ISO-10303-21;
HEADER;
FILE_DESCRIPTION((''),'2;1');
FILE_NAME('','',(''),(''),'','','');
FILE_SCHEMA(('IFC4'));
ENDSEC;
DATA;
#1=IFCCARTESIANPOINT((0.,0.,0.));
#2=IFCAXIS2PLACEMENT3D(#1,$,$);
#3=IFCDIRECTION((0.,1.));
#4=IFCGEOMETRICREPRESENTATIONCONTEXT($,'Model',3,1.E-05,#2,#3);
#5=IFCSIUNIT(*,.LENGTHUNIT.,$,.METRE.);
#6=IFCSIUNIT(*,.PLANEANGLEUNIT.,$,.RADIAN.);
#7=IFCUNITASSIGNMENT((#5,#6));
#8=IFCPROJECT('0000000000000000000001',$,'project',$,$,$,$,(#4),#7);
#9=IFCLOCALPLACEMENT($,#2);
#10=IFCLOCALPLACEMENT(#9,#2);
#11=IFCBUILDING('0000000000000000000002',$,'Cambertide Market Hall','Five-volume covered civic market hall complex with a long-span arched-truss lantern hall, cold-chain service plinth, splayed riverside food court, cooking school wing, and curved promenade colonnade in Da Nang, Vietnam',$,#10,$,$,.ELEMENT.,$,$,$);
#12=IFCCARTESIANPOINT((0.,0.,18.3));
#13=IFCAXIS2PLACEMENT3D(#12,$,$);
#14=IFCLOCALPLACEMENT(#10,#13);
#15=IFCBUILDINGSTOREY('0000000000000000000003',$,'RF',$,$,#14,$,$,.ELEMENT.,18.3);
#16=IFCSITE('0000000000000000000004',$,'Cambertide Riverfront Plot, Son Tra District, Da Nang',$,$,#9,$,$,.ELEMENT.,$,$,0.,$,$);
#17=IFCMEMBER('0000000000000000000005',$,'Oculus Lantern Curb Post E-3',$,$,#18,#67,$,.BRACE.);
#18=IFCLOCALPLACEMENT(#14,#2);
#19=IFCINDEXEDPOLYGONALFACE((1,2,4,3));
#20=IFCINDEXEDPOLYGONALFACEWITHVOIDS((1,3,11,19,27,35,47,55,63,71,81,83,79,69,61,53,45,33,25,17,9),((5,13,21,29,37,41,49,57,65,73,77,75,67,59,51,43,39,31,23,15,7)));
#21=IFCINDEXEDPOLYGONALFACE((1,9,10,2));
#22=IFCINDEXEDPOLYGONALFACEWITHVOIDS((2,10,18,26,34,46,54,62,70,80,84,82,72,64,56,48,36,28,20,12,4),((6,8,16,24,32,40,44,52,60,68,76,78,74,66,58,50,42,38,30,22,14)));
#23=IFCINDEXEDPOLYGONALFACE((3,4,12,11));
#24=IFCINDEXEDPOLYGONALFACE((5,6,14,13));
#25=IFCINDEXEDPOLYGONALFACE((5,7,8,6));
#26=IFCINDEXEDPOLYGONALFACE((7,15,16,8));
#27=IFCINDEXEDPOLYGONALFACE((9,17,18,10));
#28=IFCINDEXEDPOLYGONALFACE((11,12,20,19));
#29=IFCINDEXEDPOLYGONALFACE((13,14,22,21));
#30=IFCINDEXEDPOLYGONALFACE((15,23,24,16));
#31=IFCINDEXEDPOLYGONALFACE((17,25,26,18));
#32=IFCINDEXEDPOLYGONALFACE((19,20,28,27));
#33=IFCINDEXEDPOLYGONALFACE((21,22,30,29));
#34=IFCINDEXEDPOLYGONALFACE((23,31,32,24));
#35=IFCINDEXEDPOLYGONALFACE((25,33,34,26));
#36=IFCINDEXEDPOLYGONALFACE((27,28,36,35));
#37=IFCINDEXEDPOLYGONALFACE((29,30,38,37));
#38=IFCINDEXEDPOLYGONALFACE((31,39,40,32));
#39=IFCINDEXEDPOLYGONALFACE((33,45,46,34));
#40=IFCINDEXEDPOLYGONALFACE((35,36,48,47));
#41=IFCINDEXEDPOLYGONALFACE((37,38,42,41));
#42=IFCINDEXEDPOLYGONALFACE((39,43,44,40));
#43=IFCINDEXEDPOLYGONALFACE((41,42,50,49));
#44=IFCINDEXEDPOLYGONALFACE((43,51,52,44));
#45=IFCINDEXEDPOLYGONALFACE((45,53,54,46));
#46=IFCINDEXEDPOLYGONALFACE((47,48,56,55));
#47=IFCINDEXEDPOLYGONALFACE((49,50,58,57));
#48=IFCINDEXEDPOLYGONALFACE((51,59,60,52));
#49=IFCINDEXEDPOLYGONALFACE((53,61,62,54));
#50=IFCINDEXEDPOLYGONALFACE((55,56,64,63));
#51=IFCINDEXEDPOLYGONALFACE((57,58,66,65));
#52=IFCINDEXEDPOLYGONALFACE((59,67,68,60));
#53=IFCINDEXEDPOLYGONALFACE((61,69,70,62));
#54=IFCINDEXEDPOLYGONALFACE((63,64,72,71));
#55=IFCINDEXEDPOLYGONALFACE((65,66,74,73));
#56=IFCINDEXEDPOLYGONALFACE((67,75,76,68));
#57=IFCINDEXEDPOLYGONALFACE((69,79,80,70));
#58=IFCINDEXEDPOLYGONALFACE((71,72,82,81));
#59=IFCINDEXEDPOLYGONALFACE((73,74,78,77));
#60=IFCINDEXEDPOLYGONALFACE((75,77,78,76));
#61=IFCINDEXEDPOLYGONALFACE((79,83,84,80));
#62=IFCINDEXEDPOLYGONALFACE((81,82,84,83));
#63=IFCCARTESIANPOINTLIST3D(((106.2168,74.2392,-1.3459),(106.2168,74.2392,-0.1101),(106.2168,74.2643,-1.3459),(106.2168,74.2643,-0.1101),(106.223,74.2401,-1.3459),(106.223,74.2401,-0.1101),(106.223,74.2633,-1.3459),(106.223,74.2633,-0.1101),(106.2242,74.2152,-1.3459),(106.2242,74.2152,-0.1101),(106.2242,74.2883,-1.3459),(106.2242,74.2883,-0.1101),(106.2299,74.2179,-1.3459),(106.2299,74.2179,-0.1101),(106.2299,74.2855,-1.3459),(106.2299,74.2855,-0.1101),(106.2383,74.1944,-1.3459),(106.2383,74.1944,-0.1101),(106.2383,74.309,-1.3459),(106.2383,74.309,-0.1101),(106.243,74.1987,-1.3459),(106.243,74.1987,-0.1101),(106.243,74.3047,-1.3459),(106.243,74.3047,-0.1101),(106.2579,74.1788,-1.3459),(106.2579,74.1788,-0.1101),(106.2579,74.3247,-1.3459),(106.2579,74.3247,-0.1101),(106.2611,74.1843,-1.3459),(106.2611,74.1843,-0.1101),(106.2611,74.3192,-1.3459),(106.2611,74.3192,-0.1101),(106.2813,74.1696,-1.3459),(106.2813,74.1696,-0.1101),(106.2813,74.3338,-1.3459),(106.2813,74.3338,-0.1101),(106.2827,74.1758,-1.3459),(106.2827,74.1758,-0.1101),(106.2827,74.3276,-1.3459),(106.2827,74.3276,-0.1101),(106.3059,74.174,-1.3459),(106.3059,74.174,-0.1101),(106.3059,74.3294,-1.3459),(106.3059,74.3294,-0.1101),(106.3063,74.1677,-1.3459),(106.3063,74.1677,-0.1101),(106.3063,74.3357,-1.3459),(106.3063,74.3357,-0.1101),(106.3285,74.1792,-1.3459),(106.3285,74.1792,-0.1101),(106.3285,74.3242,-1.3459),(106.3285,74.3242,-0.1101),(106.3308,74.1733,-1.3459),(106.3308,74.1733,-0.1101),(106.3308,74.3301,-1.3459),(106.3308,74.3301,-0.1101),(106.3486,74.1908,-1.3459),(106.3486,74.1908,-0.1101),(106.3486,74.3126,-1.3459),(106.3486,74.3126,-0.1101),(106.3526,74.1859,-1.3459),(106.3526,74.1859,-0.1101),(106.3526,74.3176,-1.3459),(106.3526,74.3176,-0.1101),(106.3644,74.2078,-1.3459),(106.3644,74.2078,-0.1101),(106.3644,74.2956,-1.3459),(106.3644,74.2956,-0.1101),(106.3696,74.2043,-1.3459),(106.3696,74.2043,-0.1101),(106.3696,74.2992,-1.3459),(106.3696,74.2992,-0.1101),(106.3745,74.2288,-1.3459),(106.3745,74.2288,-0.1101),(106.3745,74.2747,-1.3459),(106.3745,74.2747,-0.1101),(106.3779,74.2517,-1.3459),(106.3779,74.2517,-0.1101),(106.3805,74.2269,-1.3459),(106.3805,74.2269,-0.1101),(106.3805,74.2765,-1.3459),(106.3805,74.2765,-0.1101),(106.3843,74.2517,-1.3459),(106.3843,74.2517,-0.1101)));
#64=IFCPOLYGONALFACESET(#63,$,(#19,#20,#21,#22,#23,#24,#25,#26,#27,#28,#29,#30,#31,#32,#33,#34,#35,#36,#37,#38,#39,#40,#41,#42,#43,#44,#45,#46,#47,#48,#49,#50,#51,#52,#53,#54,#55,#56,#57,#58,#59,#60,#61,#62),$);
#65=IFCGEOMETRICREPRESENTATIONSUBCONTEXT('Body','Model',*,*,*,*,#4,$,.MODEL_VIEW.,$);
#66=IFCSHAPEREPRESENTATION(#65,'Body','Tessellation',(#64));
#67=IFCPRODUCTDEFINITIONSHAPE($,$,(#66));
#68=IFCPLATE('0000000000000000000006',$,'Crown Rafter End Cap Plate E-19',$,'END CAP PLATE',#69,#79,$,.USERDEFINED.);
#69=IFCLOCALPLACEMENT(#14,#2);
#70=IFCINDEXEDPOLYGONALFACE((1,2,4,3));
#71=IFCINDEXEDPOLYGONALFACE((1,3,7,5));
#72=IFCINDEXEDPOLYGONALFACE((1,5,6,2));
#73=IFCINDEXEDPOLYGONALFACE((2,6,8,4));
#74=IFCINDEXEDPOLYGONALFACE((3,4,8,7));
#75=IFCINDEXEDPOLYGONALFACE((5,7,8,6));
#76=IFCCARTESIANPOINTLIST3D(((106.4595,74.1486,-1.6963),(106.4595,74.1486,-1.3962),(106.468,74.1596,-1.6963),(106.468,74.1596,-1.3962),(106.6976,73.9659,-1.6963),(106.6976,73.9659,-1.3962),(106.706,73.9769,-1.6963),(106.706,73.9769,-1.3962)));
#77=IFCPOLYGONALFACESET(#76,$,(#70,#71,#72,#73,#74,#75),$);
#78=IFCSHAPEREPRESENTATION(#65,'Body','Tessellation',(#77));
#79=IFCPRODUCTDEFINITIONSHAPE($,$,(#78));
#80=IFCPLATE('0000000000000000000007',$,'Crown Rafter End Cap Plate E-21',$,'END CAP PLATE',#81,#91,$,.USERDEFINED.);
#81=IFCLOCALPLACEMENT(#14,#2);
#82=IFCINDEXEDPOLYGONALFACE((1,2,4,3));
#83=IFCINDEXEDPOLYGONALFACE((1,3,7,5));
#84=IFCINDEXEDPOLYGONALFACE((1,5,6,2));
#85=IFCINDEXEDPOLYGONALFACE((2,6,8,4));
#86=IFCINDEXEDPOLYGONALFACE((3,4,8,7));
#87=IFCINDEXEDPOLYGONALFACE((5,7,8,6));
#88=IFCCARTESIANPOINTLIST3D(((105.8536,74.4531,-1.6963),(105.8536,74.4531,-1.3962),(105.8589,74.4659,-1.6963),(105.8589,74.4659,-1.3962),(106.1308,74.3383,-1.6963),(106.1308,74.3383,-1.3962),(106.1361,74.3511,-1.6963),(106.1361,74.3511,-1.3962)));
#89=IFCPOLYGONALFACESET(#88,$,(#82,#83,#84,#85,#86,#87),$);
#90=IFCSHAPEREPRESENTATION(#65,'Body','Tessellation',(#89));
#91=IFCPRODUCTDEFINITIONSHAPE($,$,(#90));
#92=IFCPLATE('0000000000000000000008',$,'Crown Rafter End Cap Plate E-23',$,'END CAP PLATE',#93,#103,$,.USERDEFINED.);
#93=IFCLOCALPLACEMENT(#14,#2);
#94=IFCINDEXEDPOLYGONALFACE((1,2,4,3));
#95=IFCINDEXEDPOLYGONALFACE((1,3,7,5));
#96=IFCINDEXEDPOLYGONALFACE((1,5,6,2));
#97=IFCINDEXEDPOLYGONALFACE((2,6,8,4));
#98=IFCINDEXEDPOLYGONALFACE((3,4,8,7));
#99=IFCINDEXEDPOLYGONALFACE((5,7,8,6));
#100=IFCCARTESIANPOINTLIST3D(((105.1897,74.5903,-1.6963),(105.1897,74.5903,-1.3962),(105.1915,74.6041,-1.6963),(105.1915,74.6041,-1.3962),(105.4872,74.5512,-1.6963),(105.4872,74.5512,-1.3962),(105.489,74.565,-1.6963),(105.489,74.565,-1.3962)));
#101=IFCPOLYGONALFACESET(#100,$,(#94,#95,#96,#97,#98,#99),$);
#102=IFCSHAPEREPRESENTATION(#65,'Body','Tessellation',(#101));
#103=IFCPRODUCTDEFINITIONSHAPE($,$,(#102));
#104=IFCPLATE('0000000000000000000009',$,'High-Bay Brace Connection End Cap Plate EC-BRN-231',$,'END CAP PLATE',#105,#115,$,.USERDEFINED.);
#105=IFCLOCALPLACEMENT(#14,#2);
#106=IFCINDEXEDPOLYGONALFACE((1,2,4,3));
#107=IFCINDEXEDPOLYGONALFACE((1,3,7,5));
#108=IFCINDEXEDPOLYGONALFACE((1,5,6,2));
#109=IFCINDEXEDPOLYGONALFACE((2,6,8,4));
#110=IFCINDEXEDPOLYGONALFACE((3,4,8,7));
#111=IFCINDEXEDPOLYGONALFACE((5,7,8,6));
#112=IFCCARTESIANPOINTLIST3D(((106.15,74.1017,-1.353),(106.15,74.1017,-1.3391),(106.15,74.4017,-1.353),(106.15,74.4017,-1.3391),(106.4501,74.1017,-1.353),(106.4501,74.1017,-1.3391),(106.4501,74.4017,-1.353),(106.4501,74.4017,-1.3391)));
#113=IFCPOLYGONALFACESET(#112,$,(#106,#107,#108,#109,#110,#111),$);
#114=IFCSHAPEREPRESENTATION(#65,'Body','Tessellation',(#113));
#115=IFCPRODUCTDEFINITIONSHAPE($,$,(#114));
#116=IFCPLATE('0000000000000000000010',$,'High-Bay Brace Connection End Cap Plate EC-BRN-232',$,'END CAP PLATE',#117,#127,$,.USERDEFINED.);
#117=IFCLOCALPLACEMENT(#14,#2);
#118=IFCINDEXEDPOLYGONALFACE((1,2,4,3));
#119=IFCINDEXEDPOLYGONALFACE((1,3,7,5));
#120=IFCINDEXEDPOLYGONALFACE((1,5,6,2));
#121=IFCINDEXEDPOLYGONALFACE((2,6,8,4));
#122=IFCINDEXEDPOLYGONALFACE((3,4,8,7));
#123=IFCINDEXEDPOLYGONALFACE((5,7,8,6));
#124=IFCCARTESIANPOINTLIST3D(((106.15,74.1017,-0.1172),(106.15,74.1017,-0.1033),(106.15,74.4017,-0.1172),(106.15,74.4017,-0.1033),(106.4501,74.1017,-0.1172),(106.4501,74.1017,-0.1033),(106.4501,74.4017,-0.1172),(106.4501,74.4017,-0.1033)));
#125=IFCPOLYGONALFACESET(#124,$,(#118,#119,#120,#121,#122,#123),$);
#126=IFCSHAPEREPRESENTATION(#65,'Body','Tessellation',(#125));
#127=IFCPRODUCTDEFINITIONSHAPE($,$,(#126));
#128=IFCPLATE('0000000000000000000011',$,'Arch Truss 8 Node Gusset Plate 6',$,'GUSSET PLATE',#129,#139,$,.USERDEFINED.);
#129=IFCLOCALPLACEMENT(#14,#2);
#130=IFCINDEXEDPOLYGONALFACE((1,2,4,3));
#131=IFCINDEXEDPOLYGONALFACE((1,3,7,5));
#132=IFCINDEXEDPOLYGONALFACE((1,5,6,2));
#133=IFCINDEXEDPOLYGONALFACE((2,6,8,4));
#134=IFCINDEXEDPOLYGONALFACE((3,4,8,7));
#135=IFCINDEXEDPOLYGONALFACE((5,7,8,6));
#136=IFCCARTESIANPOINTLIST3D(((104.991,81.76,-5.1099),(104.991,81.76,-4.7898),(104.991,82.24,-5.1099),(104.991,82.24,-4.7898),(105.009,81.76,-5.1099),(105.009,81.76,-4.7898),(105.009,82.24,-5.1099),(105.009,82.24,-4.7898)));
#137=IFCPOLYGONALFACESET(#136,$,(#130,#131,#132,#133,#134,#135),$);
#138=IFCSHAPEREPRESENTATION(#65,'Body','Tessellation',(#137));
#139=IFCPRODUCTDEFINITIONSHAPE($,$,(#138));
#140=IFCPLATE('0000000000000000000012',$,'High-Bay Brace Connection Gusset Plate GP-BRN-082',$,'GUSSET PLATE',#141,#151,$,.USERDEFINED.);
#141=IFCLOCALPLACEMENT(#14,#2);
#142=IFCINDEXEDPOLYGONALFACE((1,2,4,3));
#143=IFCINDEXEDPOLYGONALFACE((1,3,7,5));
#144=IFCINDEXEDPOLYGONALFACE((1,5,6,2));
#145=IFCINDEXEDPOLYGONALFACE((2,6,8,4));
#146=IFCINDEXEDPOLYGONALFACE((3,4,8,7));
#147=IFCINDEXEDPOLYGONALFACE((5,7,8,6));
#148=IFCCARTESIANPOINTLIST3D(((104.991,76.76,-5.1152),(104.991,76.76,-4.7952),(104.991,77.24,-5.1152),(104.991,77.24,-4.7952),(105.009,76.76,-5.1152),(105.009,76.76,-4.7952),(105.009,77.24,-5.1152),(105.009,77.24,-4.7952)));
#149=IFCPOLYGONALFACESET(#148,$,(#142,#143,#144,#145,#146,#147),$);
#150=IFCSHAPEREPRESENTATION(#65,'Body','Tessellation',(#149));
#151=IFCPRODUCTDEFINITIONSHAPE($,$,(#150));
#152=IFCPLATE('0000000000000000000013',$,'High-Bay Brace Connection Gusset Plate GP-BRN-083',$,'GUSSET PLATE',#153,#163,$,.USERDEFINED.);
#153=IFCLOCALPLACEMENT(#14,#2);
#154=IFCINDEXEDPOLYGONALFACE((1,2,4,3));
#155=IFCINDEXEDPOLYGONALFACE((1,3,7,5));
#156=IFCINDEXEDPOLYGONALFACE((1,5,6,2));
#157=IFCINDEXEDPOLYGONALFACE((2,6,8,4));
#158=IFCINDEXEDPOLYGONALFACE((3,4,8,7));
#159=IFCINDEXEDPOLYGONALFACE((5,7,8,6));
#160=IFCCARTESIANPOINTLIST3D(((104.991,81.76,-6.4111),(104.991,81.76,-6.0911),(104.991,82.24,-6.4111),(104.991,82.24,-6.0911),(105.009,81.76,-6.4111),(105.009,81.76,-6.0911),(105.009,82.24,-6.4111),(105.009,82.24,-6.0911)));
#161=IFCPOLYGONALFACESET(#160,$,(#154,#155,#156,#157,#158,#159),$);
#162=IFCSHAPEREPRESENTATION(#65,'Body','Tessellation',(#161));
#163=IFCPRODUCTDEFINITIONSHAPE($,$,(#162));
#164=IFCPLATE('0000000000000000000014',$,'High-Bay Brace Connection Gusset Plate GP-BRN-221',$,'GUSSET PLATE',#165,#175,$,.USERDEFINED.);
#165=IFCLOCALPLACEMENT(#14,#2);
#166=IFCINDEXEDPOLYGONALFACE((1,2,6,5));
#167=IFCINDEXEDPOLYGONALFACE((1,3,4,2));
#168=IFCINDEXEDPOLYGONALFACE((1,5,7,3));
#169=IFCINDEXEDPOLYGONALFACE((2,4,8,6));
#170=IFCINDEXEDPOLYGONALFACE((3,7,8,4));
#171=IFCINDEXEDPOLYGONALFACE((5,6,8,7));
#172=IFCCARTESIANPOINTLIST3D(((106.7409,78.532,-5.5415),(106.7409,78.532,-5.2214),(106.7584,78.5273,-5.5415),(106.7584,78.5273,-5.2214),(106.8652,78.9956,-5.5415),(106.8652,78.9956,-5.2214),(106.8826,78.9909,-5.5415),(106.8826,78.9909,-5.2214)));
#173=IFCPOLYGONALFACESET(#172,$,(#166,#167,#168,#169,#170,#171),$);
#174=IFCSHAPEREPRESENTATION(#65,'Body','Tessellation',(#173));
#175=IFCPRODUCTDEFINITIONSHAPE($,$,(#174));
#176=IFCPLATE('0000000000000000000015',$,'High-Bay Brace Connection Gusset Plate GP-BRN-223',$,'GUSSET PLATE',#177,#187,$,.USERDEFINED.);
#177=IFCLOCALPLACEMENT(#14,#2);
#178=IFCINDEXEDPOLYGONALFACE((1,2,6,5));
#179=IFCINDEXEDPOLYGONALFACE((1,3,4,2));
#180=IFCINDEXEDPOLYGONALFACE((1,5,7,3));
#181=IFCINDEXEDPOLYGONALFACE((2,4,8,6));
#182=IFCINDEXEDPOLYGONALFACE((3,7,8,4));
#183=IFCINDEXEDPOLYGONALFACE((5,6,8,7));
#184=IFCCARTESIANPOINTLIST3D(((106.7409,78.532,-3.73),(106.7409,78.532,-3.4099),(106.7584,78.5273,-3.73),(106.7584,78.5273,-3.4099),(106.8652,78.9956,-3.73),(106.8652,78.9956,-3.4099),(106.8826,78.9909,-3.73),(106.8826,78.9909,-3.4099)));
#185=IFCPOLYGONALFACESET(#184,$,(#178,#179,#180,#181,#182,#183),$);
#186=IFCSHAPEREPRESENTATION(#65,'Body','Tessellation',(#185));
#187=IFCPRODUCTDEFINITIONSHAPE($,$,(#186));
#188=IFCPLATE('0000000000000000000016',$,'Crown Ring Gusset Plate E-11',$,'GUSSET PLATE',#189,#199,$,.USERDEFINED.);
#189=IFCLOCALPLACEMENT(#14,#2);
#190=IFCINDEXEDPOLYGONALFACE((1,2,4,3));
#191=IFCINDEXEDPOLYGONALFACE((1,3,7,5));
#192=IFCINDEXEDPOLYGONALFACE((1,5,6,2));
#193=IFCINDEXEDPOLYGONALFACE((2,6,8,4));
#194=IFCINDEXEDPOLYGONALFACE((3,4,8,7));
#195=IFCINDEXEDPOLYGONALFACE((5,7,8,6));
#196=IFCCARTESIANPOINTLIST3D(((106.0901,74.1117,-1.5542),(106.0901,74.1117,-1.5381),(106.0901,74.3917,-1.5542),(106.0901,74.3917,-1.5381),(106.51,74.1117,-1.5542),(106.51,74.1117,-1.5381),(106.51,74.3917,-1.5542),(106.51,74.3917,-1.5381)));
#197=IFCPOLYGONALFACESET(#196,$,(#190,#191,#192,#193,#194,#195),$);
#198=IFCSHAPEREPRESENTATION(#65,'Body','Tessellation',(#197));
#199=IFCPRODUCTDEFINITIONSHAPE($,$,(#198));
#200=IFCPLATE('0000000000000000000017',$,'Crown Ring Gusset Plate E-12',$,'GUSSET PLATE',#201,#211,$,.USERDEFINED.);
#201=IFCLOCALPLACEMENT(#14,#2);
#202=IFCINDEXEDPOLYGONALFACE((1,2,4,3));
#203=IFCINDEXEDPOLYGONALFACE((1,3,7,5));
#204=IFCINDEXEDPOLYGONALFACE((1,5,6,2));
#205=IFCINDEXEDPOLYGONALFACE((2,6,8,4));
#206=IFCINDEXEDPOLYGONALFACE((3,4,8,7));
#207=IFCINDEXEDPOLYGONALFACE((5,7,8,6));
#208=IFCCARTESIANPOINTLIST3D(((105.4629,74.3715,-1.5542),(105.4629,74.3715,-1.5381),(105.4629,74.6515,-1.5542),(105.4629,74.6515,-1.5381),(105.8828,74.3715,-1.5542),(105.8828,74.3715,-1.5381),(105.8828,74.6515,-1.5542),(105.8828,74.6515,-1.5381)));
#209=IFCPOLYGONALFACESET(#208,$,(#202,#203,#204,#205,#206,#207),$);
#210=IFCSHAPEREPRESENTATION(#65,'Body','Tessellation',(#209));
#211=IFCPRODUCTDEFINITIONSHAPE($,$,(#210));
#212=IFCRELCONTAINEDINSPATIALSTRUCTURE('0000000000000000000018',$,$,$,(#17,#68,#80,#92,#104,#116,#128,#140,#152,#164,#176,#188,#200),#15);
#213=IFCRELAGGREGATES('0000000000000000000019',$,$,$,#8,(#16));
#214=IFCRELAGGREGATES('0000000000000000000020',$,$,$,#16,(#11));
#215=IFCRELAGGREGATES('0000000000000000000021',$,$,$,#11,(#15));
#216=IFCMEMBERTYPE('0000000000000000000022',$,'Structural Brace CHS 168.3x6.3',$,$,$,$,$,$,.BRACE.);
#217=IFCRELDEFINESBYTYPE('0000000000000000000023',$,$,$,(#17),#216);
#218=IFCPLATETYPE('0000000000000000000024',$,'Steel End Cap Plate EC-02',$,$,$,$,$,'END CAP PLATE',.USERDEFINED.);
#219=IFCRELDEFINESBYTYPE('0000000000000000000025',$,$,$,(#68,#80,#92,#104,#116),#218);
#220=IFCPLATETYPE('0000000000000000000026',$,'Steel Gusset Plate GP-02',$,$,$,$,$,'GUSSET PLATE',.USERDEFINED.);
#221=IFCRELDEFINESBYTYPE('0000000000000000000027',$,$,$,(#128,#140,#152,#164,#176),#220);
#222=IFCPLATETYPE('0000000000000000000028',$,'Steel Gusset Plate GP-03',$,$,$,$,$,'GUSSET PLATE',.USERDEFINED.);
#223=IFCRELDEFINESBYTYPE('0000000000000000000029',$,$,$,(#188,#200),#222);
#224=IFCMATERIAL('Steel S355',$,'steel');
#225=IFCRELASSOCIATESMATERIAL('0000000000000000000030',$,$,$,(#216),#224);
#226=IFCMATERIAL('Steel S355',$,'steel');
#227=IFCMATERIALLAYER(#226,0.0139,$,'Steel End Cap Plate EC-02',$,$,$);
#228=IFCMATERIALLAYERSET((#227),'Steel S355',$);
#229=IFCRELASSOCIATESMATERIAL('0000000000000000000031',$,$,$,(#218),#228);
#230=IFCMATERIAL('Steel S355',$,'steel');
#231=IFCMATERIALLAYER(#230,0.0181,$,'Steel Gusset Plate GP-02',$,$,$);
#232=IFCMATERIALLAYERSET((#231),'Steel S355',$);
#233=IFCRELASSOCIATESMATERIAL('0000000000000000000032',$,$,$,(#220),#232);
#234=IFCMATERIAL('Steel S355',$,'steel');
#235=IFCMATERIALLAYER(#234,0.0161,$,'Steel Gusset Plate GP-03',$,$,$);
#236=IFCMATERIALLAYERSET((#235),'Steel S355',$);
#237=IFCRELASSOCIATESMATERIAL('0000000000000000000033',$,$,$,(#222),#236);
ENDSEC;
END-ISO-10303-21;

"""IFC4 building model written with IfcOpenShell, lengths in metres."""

from ifc_helpers import new_model, si_unit, direction, frame, origin, origin_2d, place, context, subcontext, project, spatial, rectangle, hollow_circle, extrude, material, layer, layer_set, material_profile, profile_set, type_object, element, save


model = new_model("IFC4")

# Units and contexts
model_context = context("Model", 3, precision=1e-05, world=origin(), true_north=direction((0.0, 1.0)))
body_context = subcontext(model_context, "Body", "Model", "MODEL_VIEW")
ifc_project = project(units=[si_unit("LENGTHUNIT", "METRE"), si_unit("PLANEANGLEUNIT", "RADIAN")], contexts=[model_context])

# Site, building, storey
site_placement = place(None, origin())
site = spatial("IfcSite", under=ifc_project, at=site_placement, Name="Cambertide Riverfront Plot, Son Tra District, Da Nang", CompositionType="ELEMENT", RefElevation=0.0)
building_placement = place(site_placement, origin())
building = spatial("IfcBuilding", under=site, at=building_placement, Name="Cambertide Market Hall", Description="Five-volume covered civic market hall complex with a long-span arched-truss lantern hall, cold-chain service plinth, splayed riverside food court, cooking school wing, and curved promenade colonnade in Da Nang, Vietnam", CompositionType="ELEMENT")
storey_placement = place(building_placement, frame((0.0, 0.0, 18.3)))
storey = spatial("IfcBuildingStorey", under=building, at=storey_placement, Name="RF", CompositionType="ELEMENT", Elevation=18.3)

# Member
ifc_material_1 = material(Name="Steel S355", Category="steel")
ifc_material_profile_1 = material_profile(ifc_material_1, hollow_circle(Radius=0.0842, WallThickness=0.0063, at=origin_2d()), Name="CHS 168.3x6.3")
ifc_profile_set_1 = profile_set([ifc_material_profile_1], Name="Steel S355")
member_type_1 = type_object("IfcMemberType", Name="Structural Brace CHS 168.3x6.3", PredefinedType="BRACE", material=ifc_profile_set_1)
member_1_placement = place(storey_placement, frame((106.3, 74.2517, -1.3459), z_axis=(0.0, 0.0, 1.0), x_axis=(1.0, 0.0, 0.0)))
element("IfcMember", 1, at=member_1_placement, inside=storey, type_object=member_type_1, Name="Oculus Lantern Curb Post E-3", PredefinedType="BRACE", context=body_context, shape_type="SweptSolid", body=[
    extrude(hollow_circle(Radius=0.0842, WallThickness=0.0063, at=origin_2d()), origin(), (0.0, 0.0, 1.0), 1.2358),
])

# Plates
ifc_material_2 = material(Name="Steel S355", Category="steel")
ifc_layer_1 = layer(ifc_material_2, 0.0139, Name="Steel End Cap Plate EC-02")
ifc_layer_set_1 = layer_set([ifc_layer_1], Name="Steel S355")
plate_type_1 = type_object("IfcPlateType", Name="Steel End Cap Plate EC-02", ElementType="END CAP PLATE", PredefinedType="USERDEFINED", material=ifc_layer_set_1)
for number, where, z_axis, x_axis, name in (
    (2, (106.5828, 74.0627, -1.6963), (0.0, 0.0, 1.0), (0.608761, 0.793353, 0.0), "Crown Rafter End Cap Plate E-19"),
    (3, (105.9949, 74.4021, -1.6963), (0.0, 0.0, 1.0), (0.382683, 0.92388, 0.0), "Crown Rafter End Cap Plate E-21"),
    (4, (105.3394, 74.5776, -1.6963), (0.0, 0.0, 1.0), (0.130526, 0.991445, 0.0), "Crown Rafter End Cap Plate E-23"),
):
    element("IfcPlate", number, at=place(storey_placement, frame(where, z_axis=z_axis, x_axis=x_axis)), inside=storey, type_object=plate_type_1, Name=name, ObjectType="END CAP PLATE", PredefinedType="USERDEFINED", context=body_context, shape_type="SweptSolid", body=[
        extrude(rectangle(XDim=0.0139, YDim=0.3, at=origin_2d()), origin(), (0.0, 0.0, 1.0), 0.3),
    ])
for number, where, z_axis, x_axis, name in (
    (5, (106.3, 74.2517, -1.353), (0.0, 0.0, 1.0), (1.0, 0.0, 0.0), "High-Bay Brace Connection End Cap Plate EC-BRN-231"),
    (6, (106.3, 74.2517, -0.1172), (0.0, 0.0, 1.0), (1.0, 0.0, 0.0), "High-Bay Brace Connection End Cap Plate EC-BRN-232"),
):
    element("IfcPlate", number, at=place(storey_placement, frame(where, z_axis=z_axis, x_axis=x_axis)), inside=storey, type_object=plate_type_1, Name=name, ObjectType="END CAP PLATE", PredefinedType="USERDEFINED", context=body_context, shape_type="SweptSolid", body=[
        extrude(rectangle(XDim=0.3, YDim=0.3, at=origin_2d()), origin(), (0.0, 0.0, 1.0), 0.0139),
    ])
ifc_material_3 = material(Name="Steel S355", Category="steel")
ifc_layer_2 = layer(ifc_material_3, 0.0181, Name="Steel Gusset Plate GP-02")
ifc_layer_set_2 = layer_set([ifc_layer_2], Name="Steel S355")
plate_type_2 = type_object("IfcPlateType", Name="Steel Gusset Plate GP-02", ElementType="GUSSET PLATE", PredefinedType="USERDEFINED", material=ifc_layer_set_2)
plate_placement = place(storey_placement, frame((105.0, 82.0, -5.1099), z_axis=(0.0, 0.0, 1.0), x_axis=(1.0, 0.0, 0.0)))
element("IfcPlate", 7, at=plate_placement, inside=storey, type_object=plate_type_2, Name="Arch Truss 8 Node Gusset Plate 6", ObjectType="GUSSET PLATE", PredefinedType="USERDEFINED", context=body_context, shape_type="SweptSolid", body=[
    extrude(rectangle(XDim=0.0181, YDim=0.48, at=origin_2d()), origin(), (0.0, 0.0, 1.0), 0.3201),
])
for number, where, z_axis, x_axis, name in (
    (8, (105.0, 77.0, -5.1152), (0.0, 0.0, 1.0), (0.0, 1.0, 0.0), "High-Bay Brace Connection Gusset Plate GP-BRN-082"),
    (9, (105.0, 82.0, -6.4111), (0.0, 0.0, 1.0), (0.0, 1.0, 0.0), "High-Bay Brace Connection Gusset Plate GP-BRN-083"),
    (10, (106.8118, 78.7615, -5.5415), (0.0, 0.0, 1.0), (-0.258819, -0.965926, 0.0), "High-Bay Brace Connection Gusset Plate GP-BRN-221"),
    (11, (106.8118, 78.7615, -3.73), (0.0, 0.0, 1.0), (-0.258819, -0.965926, 0.0), "High-Bay Brace Connection Gusset Plate GP-BRN-223"),
):
    element("IfcPlate", number, at=place(storey_placement, frame(where, z_axis=z_axis, x_axis=x_axis)), inside=storey, type_object=plate_type_2, Name=name, ObjectType="GUSSET PLATE", PredefinedType="USERDEFINED", context=body_context, shape_type="SweptSolid", body=[
        extrude(rectangle(XDim=0.48, YDim=0.0181, at=origin_2d()), origin(), (0.0, 0.0, 1.0), 0.3201),
    ])
ifc_material_4 = material(Name="Steel S355", Category="steel")
ifc_layer_3 = layer(ifc_material_4, 0.0161, Name="Steel Gusset Plate GP-03")
ifc_layer_set_3 = layer_set([ifc_layer_3], Name="Steel S355")
plate_type_3 = type_object("IfcPlateType", Name="Steel Gusset Plate GP-03", ElementType="GUSSET PLATE", PredefinedType="USERDEFINED", material=ifc_layer_set_3)
for number, where, z_axis, x_axis, name in (
    (12, (106.3, 74.2517, -1.5542), (0.0, 0.0, 1.0), (1.0, 0.0, 0.0), "Crown Ring Gusset Plate E-11"),
    (13, (105.6729, 74.5115, -1.5542), (0.0, 0.0, 1.0), (1.0, 0.0, 0.0), "Crown Ring Gusset Plate E-12"),
):
    element("IfcPlate", number, at=place(storey_placement, frame(where, z_axis=z_axis, x_axis=x_axis)), inside=storey, type_object=plate_type_3, Name=name, ObjectType="GUSSET PLATE", PredefinedType="USERDEFINED", context=body_context, shape_type="SweptSolid", body=[
        extrude(rectangle(XDim=0.4199, YDim=0.28, at=origin_2d()), origin(), (0.0, 0.0, 1.0), 0.0161),
    ])

save(model, "model.ifc")
